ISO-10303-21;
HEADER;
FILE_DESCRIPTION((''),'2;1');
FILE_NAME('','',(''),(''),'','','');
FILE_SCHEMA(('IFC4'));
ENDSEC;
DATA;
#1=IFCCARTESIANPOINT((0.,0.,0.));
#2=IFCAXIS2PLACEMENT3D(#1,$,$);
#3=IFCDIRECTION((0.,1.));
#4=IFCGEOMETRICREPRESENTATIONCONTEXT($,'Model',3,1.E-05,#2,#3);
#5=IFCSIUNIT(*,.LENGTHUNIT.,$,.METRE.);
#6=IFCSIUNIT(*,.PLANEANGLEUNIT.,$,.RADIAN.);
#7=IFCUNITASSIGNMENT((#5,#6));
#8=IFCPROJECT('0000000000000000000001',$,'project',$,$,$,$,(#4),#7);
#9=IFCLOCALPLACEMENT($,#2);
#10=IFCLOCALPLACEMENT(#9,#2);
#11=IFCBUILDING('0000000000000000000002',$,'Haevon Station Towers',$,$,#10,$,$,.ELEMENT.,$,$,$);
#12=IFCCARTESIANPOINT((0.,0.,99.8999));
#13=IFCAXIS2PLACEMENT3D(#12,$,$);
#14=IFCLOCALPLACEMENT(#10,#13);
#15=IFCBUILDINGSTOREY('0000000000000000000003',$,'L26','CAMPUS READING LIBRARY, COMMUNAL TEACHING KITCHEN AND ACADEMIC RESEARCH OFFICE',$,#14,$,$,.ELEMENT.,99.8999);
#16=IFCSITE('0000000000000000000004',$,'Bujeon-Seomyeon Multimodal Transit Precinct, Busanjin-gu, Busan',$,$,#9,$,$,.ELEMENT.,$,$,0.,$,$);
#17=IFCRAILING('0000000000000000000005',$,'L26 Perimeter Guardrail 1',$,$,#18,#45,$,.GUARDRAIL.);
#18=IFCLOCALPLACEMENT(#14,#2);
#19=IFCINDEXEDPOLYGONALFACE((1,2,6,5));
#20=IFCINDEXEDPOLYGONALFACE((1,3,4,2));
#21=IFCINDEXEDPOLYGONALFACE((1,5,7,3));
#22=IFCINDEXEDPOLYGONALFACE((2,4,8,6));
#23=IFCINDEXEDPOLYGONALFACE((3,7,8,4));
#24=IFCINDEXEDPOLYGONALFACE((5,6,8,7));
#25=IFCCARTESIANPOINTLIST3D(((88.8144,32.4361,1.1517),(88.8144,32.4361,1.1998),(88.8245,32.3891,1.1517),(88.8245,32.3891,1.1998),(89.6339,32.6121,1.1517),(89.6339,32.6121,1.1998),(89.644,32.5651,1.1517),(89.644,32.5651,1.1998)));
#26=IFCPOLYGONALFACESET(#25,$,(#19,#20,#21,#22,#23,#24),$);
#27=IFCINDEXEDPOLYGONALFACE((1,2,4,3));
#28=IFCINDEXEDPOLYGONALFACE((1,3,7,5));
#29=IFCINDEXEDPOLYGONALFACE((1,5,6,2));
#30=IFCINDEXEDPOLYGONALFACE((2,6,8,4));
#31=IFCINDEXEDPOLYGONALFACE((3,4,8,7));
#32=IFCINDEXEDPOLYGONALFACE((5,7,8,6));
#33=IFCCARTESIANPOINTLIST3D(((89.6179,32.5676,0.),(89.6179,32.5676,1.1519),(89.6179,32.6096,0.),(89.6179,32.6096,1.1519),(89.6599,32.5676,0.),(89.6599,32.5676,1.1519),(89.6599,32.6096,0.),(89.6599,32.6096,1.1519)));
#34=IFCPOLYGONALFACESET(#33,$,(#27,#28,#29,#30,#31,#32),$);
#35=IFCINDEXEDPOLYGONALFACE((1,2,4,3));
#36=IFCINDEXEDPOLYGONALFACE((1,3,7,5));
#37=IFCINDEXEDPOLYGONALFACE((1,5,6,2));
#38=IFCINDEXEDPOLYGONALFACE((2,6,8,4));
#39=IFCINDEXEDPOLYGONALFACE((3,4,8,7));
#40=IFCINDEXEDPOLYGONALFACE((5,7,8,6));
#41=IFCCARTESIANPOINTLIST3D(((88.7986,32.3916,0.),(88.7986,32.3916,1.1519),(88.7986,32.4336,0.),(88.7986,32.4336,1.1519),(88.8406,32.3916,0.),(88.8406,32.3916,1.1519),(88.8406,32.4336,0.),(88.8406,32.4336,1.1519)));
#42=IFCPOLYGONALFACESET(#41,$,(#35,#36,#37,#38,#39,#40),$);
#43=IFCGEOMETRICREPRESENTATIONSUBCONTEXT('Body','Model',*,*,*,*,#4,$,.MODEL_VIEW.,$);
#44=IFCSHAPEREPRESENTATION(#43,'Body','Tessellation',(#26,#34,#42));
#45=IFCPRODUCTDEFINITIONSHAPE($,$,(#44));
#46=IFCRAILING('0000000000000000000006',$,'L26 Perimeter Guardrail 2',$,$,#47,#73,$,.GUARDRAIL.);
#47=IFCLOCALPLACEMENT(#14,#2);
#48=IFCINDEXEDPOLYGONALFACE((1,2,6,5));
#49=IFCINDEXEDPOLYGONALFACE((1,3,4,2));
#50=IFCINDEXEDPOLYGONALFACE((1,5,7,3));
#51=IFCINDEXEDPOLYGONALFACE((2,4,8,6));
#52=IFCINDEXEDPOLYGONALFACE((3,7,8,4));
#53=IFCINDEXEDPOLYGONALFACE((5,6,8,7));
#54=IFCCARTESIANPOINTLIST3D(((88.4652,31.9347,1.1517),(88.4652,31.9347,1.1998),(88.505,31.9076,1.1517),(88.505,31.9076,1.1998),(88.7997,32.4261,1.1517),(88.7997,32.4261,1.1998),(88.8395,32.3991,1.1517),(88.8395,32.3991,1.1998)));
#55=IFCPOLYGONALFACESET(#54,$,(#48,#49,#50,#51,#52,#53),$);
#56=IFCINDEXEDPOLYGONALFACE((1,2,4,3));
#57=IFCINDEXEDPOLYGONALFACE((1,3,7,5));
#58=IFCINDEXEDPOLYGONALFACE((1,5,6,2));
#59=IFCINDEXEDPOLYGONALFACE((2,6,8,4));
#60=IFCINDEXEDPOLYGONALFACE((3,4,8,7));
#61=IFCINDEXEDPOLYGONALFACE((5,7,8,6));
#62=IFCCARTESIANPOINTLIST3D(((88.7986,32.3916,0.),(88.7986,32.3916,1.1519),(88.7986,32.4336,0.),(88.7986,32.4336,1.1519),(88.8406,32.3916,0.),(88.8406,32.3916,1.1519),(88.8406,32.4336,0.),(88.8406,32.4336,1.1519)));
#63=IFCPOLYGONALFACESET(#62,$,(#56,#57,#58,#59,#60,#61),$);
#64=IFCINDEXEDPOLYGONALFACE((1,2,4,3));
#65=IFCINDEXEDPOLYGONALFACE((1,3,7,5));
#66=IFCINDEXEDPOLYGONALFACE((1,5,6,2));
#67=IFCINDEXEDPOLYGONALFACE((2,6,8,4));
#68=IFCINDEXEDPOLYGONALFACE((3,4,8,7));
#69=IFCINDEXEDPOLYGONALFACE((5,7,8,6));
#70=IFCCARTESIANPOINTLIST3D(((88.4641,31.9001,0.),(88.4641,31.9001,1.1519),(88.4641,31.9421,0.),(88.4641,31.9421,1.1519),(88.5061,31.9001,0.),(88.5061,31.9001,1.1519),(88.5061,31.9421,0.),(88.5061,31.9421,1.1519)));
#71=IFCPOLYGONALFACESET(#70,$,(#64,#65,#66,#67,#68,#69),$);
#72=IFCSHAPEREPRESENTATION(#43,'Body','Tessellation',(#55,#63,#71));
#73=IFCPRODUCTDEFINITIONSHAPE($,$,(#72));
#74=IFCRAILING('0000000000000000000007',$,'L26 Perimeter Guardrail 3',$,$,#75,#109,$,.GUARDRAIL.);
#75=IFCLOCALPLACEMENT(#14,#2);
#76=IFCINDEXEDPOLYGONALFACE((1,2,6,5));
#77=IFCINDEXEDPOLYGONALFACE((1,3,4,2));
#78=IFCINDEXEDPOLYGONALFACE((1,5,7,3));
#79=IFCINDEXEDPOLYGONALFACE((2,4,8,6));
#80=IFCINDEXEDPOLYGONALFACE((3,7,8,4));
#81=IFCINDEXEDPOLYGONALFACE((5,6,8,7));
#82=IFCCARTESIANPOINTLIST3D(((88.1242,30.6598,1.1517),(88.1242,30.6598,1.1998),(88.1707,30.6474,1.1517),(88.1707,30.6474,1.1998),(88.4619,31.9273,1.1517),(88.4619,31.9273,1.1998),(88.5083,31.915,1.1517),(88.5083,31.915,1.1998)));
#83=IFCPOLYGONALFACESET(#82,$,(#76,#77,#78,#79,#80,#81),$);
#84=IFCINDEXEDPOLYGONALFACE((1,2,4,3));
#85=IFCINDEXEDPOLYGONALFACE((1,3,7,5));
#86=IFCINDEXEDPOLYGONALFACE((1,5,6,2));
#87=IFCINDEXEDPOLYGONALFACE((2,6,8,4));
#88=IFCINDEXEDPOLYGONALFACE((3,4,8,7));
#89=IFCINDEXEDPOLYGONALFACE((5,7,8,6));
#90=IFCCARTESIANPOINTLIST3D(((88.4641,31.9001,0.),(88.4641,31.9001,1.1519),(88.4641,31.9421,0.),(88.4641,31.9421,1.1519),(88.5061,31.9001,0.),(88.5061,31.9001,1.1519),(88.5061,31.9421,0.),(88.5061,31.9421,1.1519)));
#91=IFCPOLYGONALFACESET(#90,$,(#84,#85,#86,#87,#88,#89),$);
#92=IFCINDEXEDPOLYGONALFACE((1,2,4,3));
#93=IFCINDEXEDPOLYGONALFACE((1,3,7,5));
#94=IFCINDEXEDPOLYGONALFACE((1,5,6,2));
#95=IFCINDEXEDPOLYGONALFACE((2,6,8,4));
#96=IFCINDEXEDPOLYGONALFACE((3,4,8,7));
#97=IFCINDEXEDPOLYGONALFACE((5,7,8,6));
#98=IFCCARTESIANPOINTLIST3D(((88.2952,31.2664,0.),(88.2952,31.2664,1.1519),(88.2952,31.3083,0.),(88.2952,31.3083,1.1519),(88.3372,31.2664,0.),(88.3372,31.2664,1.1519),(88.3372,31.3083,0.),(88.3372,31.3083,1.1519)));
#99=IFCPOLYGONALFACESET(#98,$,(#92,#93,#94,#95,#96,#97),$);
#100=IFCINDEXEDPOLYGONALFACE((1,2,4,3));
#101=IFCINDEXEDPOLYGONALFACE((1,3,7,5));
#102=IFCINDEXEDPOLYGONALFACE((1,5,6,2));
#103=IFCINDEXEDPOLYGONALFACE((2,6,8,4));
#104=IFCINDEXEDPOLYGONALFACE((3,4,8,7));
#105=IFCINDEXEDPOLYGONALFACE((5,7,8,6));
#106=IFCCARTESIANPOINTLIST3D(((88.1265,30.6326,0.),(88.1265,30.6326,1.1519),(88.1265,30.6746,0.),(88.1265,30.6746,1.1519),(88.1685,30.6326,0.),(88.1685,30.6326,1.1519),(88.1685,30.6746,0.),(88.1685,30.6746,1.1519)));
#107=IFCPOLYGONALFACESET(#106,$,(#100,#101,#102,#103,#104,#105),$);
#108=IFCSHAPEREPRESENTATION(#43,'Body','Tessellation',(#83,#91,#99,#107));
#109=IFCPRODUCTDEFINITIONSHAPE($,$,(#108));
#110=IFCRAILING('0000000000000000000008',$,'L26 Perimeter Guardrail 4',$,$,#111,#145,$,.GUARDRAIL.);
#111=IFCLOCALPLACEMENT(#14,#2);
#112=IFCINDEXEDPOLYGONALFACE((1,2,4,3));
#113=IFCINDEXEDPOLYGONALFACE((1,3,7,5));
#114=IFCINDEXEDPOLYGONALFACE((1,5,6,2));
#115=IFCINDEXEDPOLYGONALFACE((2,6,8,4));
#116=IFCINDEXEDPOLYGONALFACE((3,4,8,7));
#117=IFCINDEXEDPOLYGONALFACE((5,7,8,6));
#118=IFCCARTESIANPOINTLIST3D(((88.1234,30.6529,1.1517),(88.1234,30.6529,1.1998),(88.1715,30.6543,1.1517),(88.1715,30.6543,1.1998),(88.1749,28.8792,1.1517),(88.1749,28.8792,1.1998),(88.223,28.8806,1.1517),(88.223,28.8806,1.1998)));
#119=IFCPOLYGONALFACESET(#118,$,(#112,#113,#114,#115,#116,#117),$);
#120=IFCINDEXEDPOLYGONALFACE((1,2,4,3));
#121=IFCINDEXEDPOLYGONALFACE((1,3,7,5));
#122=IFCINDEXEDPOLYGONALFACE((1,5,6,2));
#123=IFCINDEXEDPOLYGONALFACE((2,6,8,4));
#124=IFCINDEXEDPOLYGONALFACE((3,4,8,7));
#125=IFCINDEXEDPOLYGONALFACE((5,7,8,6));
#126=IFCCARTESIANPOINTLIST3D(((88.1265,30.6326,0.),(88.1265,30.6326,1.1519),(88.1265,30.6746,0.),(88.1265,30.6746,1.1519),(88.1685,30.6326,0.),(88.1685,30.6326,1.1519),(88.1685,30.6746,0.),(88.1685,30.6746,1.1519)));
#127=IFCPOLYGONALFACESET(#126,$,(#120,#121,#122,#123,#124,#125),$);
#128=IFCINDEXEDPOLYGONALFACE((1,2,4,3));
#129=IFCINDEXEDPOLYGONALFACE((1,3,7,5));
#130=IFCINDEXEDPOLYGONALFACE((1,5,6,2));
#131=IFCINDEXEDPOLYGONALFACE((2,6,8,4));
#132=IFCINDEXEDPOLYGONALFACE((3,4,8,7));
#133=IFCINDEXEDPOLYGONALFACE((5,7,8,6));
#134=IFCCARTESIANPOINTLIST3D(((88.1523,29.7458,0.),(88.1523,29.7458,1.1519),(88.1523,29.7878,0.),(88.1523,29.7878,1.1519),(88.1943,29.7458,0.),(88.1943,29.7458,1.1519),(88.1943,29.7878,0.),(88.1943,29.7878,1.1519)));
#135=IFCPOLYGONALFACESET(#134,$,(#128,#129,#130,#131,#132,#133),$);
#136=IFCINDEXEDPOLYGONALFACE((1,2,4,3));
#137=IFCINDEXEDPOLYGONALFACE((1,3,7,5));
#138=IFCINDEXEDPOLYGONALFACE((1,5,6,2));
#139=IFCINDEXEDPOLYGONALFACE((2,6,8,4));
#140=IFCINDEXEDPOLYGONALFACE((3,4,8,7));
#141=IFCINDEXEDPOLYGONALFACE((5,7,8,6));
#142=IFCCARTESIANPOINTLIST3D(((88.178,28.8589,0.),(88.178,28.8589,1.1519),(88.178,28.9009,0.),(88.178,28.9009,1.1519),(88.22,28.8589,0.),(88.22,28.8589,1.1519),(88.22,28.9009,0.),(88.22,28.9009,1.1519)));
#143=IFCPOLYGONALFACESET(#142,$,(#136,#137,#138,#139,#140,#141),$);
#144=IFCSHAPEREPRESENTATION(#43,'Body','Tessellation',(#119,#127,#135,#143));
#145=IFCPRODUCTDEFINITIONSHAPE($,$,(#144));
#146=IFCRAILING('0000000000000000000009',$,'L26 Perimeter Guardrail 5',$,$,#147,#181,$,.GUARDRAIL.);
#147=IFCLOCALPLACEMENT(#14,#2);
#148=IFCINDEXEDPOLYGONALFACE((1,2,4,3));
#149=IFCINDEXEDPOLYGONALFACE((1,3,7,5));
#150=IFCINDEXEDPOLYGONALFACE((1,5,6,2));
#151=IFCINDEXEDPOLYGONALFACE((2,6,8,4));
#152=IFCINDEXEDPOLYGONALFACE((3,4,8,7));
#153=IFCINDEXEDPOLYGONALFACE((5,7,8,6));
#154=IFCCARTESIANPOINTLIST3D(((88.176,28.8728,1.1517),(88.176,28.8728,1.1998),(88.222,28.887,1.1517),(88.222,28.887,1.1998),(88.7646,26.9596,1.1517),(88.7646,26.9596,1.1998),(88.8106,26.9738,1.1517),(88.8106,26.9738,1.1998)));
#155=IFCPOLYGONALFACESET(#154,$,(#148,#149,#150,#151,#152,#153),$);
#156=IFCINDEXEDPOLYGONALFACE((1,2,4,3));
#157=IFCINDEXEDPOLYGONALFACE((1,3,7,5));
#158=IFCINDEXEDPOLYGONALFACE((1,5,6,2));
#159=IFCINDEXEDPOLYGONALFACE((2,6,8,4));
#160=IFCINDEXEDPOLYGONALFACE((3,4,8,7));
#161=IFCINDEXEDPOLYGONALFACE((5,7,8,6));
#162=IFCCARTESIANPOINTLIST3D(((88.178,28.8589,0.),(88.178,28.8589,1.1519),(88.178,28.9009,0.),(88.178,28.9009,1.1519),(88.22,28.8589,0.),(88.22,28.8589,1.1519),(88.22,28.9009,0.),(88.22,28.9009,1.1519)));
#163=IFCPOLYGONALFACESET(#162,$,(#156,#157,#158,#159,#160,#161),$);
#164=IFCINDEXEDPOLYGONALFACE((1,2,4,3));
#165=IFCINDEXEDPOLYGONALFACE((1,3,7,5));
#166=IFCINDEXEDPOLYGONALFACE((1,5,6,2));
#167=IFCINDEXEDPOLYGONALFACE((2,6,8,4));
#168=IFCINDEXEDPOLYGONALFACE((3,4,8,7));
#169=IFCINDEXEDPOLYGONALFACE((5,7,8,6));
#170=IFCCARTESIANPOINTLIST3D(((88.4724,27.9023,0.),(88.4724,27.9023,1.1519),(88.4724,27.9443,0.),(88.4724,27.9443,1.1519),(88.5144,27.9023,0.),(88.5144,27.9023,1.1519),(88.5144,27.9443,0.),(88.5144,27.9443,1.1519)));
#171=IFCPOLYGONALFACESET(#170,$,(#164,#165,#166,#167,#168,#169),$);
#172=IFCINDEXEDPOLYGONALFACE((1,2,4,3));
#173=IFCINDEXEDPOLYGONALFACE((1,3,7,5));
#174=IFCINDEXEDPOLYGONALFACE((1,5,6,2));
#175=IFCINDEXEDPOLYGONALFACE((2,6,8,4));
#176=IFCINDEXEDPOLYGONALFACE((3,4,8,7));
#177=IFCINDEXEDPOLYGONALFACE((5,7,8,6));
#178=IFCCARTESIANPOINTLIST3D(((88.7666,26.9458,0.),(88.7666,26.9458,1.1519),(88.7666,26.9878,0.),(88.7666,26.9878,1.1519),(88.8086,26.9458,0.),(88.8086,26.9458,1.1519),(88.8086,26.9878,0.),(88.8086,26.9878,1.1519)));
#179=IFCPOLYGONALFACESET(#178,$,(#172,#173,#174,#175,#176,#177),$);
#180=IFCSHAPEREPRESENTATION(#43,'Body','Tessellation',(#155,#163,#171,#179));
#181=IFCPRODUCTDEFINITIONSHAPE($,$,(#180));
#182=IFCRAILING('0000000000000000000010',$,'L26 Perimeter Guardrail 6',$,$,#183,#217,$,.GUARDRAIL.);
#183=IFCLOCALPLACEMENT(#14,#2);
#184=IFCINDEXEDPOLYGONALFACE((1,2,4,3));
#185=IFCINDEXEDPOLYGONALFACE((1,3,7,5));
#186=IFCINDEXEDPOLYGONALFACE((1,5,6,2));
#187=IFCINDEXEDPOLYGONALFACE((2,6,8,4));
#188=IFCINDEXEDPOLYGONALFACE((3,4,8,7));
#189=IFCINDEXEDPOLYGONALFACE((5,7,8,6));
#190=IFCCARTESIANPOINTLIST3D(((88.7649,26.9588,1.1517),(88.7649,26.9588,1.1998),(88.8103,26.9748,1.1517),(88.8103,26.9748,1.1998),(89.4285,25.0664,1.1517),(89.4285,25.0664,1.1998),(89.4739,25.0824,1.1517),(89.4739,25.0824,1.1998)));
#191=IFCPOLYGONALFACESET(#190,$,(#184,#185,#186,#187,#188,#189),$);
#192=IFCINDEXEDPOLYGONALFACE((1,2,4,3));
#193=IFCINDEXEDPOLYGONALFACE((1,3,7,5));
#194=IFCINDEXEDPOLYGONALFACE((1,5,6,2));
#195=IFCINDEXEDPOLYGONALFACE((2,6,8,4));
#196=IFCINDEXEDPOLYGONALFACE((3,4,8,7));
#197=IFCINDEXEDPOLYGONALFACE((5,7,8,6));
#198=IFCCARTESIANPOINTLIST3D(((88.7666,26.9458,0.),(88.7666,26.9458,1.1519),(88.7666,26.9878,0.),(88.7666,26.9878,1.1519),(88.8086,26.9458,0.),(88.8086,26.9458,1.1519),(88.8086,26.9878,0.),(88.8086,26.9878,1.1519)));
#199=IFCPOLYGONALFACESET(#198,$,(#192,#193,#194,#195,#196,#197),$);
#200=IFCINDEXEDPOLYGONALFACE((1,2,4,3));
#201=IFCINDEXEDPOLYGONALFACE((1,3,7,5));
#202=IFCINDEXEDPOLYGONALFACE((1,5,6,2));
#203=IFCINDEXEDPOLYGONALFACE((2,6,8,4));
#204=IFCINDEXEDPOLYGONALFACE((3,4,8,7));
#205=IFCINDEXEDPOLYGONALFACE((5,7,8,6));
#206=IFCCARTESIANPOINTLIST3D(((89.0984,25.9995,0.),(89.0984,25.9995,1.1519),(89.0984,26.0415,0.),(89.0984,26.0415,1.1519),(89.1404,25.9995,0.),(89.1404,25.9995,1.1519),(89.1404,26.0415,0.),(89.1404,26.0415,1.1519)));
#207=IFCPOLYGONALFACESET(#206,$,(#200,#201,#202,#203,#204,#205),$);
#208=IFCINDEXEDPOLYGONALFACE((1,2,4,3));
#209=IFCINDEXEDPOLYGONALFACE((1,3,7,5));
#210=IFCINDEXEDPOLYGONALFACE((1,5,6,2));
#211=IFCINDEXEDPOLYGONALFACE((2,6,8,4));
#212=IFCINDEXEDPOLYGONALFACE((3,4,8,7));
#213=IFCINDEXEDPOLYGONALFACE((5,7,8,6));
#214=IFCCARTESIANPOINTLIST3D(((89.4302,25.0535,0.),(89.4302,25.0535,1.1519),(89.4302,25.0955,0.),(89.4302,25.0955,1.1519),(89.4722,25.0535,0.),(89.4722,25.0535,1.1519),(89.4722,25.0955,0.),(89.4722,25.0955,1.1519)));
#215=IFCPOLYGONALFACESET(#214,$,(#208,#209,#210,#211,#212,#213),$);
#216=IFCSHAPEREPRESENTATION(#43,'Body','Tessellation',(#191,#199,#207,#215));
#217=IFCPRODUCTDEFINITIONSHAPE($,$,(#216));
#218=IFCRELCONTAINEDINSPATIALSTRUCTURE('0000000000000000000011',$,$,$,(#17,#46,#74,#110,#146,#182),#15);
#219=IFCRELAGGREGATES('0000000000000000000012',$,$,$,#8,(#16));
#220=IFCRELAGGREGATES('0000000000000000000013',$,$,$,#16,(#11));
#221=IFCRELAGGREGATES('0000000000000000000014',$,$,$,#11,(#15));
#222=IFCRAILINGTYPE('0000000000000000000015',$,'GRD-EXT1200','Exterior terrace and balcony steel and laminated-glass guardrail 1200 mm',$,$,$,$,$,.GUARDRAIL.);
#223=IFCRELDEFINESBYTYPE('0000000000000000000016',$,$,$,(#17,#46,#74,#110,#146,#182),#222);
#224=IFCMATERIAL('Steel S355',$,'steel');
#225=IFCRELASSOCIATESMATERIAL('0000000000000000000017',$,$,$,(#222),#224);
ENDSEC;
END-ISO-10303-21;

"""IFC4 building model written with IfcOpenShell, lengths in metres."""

from ifc_helpers import new_model, si_unit, direction, frame, origin, origin_2d, place, context, subcontext, project, spatial, rectangle, extrude, material, type_object, element, save


model = new_model("IFC4")

# Units and contexts
model_context = context("Model", 3, precision=1e-05, world=origin(), true_north=direction((0.0, 1.0)))
body_context = subcontext(model_context, "Body", "Model", "MODEL_VIEW")
ifc_project = project(units=[si_unit("LENGTHUNIT", "METRE"), si_unit("PLANEANGLEUNIT", "RADIAN")], contexts=[model_context])

# Site, building, storey
site_placement = place(None, origin())
site = spatial("IfcSite", under=ifc_project, at=site_placement, Name="Bujeon-Seomyeon Multimodal Transit Precinct, Busanjin-gu, Busan", CompositionType="ELEMENT", RefElevation=0.0)
building_placement = place(site_placement, origin())
building = spatial("IfcBuilding", under=site, at=building_placement, Name="Haevon Station Towers", CompositionType="ELEMENT")
storey_placement = place(building_placement, frame((0.0, 0.0, 99.8999)))
storey = spatial("IfcBuildingStorey", under=building, at=storey_placement, Name="L26", Description="CAMPUS READING LIBRARY, COMMUNAL TEACHING KITCHEN AND ACADEMIC RESEARCH OFFICE", CompositionType="ELEMENT", Elevation=99.8999)

# Shared definitions
ifc_material_1 = material(Name="Steel S355", Category="steel")

# Railings
railing_type = type_object("IfcRailingType", Name="GRD-EXT1200", Description="Exterior terrace and balcony steel and laminated-glass guardrail 1200 mm", PredefinedType="GUARDRAIL", material=ifc_material_1)
railing_1_placement = place(storey_placement, frame((89.6389, 32.5886, 0.0)))
element("IfcRailing", 1, at=railing_1_placement, inside=storey, type_object=railing_type, Name="L26 Perimeter Guardrail 1", PredefinedType="GUARDRAIL", context=body_context, shape_type="SweptSolid", body=[
    extrude(rectangle(XDim=0.0481, YDim=0.0481, at=origin_2d()), frame((0.0, 0.0, 1.1758), z_axis=(-0.977691, -0.210046, 0.0), x_axis=(0.210046, -0.977691, 0.0)), (0.0, 0.0, 1.0), 0.8381),
    extrude(rectangle(XDim=0.042, YDim=0.042, at=origin_2d()), origin(), (0.0, 0.0, 1.0), 1.1519),
    extrude(rectangle(XDim=0.042, YDim=0.042, at=origin_2d()), frame((-0.8193, -0.176, 0.0)), (0.0, 0.0, 1.0), 1.1519),
])
railing_2_placement = place(storey_placement, frame((88.8196, 32.4126, 0.0)))
element("IfcRailing", 2, at=railing_2_placement, inside=storey, type_object=railing_type, Name="L26 Perimeter Guardrail 2", PredefinedType="GUARDRAIL", context=body_context, shape_type="SweptSolid", body=[
    extrude(rectangle(XDim=0.0481, YDim=0.0481, at=origin_2d()), frame((0.0, 0.0, 1.1758), z_axis=(-0.562636, -0.826705, 0.0), x_axis=(0.826705, -0.562636, 0.0)), (0.0, 0.0, 1.0), 0.5945),
    extrude(rectangle(XDim=0.042, YDim=0.042, at=origin_2d()), origin(), (0.0, 0.0, 1.0), 1.1519),
    extrude(rectangle(XDim=0.042, YDim=0.042, at=origin_2d()), frame((-0.3345, -0.4915, 0.0)), (0.0, 0.0, 1.0), 1.1519),
])
railing_3_placement = place(storey_placement, frame((88.4851, 31.9211, 0.0)))
element("IfcRailing", 3, at=railing_3_placement, inside=storey, type_object=railing_type, Name="L26 Perimeter Guardrail 3", PredefinedType="GUARDRAIL", context=body_context, shape_type="SweptSolid", body=[
    extrude(rectangle(XDim=0.0481, YDim=0.0481, at=origin_2d()), frame((0.0, 0.0, 1.1758), z_axis=(-0.257396, -0.966306, 0.0), x_axis=(0.966306, -0.257396, 0.0)), (0.0, 0.0, 1.0), 1.3118),
    extrude(rectangle(XDim=0.042, YDim=0.042, at=origin_2d()), origin(), (0.0, 0.0, 1.0), 1.1519),
    extrude(rectangle(XDim=0.042, YDim=0.042, at=origin_2d()), frame((-0.1689, -0.6338, 0.0)), (0.0, 0.0, 1.0), 1.1519),
    extrude(rectangle(XDim=0.042, YDim=0.042, at=origin_2d()), frame((-0.3376, -1.2676, 0.0)), (0.0, 0.0, 1.0), 1.1519),
])
railing_4_placement = place(storey_placement, frame((88.1475, 30.6536, 0.0)))
element("IfcRailing", 4, at=railing_4_placement, inside=storey, type_object=railing_type, Name="L26 Perimeter Guardrail 4", PredefinedType="GUARDRAIL", context=body_context, shape_type="SweptSolid", body=[
    extrude(rectangle(XDim=0.0481, YDim=0.0481, at=origin_2d()), frame((0.0, 0.0, 1.1758), z_axis=(0.029031, -0.999579, 0.0), x_axis=(0.999579, 0.029031, 0.0)), (0.0, 0.0, 1.0), 1.7744),
    extrude(rectangle(XDim=0.042, YDim=0.042, at=origin_2d()), origin(), (0.0, 0.0, 1.0), 1.1519),
    extrude(rectangle(XDim=0.042, YDim=0.042, at=origin_2d()), frame((0.0259, -0.8867, 0.0)), (0.0, 0.0, 1.0), 1.1519),
    extrude(rectangle(XDim=0.042, YDim=0.042, at=origin_2d()), frame((0.0515, -1.7737, 0.0)), (0.0, 0.0, 1.0), 1.1519),
])
railing_5_placement = place(storey_placement, frame((88.199, 28.8799, 0.0)))
element("IfcRailing", 5, at=railing_5_placement, inside=storey, type_object=railing_type, Name="L26 Perimeter Guardrail 5", PredefinedType="GUARDRAIL", context=body_context, shape_type="SweptSolid", body=[
    extrude(rectangle(XDim=0.0481, YDim=0.0481, at=origin_2d()), frame((0.0, 0.0, 1.1758), z_axis=(0.294077, -0.955782, 0.0), x_axis=(0.955782, 0.294077, 0.0)), (0.0, 0.0, 1.0), 2.0017),
    extrude(rectangle(XDim=0.042, YDim=0.042, at=origin_2d()), origin(), (0.0, 0.0, 1.0), 1.1519),
    extrude(rectangle(XDim=0.042, YDim=0.042, at=origin_2d()), frame((0.2944, -0.9565, 0.0)), (0.0, 0.0, 1.0), 1.1519),
    extrude(rectangle(XDim=0.042, YDim=0.042, at=origin_2d()), frame((0.5886, -1.9131, 0.0)), (0.0, 0.0, 1.0), 1.1519),
])
railing_6_placement = place(storey_placement, frame((88.7876, 26.9668, 0.0)))
element("IfcRailing", 6, at=railing_6_placement, inside=storey, type_object=railing_type, Name="L26 Perimeter Guardrail 6", PredefinedType="GUARDRAIL", context=body_context, shape_type="SweptSolid", body=[
    extrude(rectangle(XDim=0.0481, YDim=0.0481, at=origin_2d()), frame((0.0, 0.0, 1.1758), z_axis=(0.330909, -0.943663, 0.0), x_axis=(0.943663, 0.330909, 0.0)), (0.0, 0.0, 1.0), 2.0054),
    extrude(rectangle(XDim=0.042, YDim=0.042, at=origin_2d()), origin(), (0.0, 0.0, 1.0), 1.1519),
    extrude(rectangle(XDim=0.042, YDim=0.042, at=origin_2d()), frame((0.3318, -0.9463, 0.0)), (0.0, 0.0, 1.0), 1.1519),
    extrude(rectangle(XDim=0.042, YDim=0.042, at=origin_2d()), frame((0.6636, -1.8923, 0.0)), (0.0, 0.0, 1.0), 1.1519),
])

save(model, "model.ifc")
